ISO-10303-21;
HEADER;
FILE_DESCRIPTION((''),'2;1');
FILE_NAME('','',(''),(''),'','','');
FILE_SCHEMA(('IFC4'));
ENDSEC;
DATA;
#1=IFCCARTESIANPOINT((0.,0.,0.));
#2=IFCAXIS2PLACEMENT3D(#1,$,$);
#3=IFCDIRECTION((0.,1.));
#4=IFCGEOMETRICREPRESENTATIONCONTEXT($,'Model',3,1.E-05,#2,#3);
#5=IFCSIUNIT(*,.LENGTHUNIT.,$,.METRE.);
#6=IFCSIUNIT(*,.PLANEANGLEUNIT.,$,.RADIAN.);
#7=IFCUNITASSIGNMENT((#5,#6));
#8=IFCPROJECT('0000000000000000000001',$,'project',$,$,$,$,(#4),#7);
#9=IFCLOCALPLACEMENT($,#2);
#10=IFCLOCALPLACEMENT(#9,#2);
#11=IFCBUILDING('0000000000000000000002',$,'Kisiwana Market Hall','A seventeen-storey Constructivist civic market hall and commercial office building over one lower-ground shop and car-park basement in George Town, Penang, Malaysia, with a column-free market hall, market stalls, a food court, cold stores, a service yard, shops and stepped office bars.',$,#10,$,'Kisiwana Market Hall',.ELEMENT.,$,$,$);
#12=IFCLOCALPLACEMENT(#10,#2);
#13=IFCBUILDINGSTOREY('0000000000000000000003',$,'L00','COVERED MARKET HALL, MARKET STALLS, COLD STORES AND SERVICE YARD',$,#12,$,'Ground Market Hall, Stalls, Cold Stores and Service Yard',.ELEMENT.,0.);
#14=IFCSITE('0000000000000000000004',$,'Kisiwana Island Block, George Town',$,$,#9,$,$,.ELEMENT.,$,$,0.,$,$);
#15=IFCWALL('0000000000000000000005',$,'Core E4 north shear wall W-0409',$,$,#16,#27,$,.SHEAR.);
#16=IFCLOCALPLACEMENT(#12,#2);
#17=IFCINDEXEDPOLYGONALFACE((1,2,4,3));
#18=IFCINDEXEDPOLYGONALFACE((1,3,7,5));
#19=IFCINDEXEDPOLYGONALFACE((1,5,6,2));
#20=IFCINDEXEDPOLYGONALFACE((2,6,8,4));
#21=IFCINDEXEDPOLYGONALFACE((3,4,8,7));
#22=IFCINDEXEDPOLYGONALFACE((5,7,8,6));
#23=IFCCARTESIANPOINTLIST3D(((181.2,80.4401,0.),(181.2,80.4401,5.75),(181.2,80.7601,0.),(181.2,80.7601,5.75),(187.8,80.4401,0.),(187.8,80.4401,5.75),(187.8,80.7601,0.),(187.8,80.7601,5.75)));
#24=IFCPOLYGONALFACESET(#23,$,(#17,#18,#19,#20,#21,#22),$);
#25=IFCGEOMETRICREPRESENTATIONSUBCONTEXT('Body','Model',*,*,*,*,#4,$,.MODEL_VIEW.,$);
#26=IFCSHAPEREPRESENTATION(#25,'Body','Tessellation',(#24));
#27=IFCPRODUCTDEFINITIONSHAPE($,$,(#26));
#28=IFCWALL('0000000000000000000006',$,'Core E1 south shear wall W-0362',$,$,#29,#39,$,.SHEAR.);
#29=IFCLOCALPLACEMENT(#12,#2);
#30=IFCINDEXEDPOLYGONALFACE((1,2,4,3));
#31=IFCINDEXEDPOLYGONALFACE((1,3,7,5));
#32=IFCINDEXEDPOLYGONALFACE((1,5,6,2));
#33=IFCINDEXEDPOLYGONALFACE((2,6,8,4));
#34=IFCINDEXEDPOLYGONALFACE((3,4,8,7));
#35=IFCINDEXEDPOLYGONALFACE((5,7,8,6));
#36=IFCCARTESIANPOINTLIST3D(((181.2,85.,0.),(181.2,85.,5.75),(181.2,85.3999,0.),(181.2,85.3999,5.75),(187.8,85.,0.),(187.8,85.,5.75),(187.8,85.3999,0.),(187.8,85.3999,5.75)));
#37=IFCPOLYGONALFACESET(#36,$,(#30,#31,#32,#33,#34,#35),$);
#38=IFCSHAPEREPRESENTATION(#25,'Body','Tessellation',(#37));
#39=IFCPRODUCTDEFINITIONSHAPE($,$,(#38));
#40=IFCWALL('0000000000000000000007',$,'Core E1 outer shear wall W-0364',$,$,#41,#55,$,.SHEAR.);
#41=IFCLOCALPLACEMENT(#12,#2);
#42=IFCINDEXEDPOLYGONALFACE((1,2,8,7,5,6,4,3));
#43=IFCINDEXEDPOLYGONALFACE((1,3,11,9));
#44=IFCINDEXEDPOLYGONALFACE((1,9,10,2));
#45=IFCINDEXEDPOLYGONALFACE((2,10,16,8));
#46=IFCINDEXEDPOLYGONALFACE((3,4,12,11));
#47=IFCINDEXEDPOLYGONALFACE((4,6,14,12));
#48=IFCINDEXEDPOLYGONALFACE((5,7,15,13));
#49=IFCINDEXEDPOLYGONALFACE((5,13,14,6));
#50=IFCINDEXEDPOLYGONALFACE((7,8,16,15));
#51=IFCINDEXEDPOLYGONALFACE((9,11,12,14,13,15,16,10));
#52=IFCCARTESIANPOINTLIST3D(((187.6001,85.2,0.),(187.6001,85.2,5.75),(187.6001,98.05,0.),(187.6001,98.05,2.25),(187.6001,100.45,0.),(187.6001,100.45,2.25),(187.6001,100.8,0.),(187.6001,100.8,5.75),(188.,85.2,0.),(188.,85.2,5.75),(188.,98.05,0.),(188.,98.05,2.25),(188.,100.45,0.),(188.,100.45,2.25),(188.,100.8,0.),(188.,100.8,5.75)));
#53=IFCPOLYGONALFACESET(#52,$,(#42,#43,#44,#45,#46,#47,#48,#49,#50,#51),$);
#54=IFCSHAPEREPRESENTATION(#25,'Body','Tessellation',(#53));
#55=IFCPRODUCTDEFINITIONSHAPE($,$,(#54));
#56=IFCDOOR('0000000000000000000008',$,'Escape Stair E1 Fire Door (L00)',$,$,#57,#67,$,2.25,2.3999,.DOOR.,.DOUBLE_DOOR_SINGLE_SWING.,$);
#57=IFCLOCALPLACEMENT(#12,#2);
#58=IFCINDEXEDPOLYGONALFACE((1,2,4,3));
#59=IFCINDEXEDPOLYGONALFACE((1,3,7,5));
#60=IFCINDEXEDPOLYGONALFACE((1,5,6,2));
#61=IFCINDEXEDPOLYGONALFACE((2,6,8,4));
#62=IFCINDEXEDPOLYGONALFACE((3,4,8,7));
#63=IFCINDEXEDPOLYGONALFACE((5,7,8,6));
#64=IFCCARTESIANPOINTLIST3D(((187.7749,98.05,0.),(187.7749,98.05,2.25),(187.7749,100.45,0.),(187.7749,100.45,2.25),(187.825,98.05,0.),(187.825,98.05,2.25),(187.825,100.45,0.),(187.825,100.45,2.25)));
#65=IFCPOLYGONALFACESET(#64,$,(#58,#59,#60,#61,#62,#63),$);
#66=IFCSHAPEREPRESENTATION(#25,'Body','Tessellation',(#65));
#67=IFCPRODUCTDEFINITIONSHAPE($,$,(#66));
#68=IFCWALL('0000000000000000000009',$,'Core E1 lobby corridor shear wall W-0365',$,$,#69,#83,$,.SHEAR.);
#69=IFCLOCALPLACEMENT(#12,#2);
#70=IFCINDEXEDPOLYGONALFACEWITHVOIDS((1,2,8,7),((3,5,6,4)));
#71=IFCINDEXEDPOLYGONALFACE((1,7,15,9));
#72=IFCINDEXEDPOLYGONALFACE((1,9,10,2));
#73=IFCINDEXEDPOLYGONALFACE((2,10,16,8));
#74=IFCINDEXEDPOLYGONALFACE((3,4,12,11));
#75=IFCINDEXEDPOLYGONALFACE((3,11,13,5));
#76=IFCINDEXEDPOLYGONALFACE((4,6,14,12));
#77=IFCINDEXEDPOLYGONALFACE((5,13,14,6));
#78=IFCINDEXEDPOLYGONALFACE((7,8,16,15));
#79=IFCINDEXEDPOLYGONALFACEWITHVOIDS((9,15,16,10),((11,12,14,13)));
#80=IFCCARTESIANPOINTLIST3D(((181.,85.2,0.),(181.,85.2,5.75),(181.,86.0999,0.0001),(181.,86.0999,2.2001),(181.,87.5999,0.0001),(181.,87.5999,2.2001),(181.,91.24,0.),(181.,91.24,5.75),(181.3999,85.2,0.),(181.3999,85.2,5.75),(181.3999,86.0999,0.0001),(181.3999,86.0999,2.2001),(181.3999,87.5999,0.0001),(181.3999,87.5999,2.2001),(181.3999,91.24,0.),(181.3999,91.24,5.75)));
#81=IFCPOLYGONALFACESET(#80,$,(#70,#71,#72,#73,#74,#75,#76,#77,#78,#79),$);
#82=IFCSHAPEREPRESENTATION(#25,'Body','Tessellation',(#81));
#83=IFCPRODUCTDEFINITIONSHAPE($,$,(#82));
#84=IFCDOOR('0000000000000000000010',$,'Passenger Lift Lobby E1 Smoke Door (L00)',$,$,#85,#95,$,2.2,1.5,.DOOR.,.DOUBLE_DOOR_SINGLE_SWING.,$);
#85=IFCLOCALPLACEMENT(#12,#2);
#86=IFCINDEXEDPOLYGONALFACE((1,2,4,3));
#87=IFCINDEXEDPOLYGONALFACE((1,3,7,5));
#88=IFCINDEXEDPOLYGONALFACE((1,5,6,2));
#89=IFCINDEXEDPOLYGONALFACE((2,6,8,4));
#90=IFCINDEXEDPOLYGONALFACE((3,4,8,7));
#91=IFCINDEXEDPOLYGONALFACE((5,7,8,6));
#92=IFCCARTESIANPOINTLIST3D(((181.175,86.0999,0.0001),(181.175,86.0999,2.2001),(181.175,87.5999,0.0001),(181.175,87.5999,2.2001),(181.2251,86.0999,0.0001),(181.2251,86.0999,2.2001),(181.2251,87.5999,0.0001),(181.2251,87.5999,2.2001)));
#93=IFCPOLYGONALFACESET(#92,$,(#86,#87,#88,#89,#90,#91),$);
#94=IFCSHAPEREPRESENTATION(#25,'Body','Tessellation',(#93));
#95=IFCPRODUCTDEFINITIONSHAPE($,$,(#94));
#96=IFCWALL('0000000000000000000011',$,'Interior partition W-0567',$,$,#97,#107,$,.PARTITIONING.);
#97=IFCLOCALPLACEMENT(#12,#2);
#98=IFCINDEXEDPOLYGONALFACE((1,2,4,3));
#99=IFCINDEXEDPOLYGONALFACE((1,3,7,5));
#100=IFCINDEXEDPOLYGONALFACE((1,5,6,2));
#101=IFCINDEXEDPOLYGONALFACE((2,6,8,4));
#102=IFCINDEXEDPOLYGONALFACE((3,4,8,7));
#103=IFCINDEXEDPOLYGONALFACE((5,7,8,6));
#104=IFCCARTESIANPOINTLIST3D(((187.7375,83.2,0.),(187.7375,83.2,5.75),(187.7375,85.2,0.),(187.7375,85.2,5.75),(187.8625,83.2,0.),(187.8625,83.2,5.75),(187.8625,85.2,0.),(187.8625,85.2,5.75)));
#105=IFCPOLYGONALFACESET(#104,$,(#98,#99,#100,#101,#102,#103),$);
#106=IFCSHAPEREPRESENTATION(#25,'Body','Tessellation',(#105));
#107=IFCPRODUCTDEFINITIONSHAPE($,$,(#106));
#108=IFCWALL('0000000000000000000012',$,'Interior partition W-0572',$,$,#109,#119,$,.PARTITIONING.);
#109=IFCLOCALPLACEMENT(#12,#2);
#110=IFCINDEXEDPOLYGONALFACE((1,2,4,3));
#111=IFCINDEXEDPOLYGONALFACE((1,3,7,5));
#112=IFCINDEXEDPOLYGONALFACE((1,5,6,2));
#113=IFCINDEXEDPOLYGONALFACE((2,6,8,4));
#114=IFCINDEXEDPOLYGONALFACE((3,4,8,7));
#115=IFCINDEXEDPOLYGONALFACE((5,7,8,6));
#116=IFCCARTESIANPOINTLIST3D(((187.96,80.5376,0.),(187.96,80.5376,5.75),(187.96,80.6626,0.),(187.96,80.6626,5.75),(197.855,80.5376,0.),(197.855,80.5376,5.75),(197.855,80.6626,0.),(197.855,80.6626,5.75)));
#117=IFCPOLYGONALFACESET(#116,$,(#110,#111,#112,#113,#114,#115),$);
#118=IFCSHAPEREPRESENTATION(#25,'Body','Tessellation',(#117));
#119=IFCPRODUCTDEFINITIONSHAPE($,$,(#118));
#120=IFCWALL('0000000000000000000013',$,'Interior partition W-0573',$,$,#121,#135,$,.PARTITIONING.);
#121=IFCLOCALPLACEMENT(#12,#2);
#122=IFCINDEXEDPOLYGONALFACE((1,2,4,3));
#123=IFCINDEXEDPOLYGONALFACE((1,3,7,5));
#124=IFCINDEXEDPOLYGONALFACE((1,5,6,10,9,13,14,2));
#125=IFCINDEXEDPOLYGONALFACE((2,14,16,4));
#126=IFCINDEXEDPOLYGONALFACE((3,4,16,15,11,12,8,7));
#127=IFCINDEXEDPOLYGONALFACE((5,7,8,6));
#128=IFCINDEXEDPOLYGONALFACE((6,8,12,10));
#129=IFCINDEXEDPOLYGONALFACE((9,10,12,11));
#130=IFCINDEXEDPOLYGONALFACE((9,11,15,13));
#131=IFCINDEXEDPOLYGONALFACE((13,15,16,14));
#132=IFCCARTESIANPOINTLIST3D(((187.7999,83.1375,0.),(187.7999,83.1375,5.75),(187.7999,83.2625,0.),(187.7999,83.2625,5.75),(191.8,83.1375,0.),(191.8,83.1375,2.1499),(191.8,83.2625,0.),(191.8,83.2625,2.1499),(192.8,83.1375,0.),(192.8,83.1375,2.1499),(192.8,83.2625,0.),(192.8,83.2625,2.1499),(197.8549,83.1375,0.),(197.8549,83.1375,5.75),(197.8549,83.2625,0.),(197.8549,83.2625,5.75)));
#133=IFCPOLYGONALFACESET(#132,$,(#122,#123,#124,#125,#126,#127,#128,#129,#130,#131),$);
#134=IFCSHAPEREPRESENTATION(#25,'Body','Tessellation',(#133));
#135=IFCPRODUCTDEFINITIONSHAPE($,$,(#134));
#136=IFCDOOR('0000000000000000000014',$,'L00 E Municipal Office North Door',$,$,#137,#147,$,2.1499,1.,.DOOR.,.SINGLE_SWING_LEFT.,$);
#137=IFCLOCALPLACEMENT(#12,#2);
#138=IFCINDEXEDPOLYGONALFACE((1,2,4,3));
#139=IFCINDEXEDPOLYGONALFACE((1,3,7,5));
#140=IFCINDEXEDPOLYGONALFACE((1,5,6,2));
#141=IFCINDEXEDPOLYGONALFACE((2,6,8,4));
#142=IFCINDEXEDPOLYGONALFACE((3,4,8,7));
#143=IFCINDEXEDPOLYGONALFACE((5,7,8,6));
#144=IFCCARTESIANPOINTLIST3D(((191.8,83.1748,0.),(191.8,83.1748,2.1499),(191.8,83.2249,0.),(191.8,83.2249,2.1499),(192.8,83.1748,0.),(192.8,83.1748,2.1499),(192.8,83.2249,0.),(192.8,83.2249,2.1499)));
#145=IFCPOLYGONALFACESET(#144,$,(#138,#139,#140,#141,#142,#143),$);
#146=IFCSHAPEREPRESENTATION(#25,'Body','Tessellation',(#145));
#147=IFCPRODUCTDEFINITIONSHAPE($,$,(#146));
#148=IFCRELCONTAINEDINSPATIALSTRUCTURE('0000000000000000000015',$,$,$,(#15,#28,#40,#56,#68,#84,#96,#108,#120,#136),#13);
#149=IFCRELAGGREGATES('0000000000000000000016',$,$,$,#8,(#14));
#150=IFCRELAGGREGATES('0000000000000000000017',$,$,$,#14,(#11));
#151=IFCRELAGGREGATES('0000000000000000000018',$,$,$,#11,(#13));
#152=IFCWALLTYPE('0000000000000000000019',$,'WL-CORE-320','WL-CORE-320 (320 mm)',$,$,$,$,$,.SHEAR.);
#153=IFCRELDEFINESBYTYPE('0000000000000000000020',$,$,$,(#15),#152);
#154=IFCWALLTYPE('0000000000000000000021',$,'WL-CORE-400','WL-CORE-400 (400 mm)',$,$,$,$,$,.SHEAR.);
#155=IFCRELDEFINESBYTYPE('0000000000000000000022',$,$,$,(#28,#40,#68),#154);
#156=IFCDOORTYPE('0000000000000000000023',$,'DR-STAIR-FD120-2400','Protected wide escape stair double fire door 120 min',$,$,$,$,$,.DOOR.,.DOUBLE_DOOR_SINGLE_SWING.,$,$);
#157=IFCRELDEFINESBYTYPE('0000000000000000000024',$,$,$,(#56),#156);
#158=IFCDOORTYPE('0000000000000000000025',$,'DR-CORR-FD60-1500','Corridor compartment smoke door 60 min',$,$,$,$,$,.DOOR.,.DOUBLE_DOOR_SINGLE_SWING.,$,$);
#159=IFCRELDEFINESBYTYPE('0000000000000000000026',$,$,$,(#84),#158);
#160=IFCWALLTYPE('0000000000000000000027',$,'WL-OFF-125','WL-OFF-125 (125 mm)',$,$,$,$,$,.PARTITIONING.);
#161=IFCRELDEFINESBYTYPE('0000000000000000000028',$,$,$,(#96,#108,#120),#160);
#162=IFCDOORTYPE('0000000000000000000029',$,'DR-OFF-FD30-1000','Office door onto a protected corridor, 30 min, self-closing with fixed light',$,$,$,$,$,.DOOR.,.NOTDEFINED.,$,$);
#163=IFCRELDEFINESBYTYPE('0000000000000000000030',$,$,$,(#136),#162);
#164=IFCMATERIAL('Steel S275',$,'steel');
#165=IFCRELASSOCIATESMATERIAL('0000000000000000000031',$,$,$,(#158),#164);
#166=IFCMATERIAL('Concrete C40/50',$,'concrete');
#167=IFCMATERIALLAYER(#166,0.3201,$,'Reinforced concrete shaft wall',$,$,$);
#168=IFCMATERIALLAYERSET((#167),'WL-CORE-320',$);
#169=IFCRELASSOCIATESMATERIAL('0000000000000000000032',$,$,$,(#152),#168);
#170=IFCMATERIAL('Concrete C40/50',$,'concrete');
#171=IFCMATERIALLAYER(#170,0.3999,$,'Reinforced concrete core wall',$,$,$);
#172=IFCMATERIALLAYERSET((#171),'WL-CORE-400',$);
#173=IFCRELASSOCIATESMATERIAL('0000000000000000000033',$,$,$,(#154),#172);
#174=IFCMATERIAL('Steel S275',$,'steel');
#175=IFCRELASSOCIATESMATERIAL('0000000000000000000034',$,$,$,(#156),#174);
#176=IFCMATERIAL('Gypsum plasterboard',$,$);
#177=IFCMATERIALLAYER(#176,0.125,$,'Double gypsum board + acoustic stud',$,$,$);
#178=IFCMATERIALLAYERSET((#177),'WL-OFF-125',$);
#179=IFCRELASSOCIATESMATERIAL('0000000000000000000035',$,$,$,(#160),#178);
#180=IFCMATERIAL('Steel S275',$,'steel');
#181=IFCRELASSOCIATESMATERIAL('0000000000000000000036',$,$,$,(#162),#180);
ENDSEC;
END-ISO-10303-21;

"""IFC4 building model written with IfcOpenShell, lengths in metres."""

from ifc_helpers import new_model, si_unit, direction, frame, frame_2d, origin, place, context, subcontext, project, spatial, rectangle, extrude, material, layer, layer_set, type_object, element, fill, save


model = new_model("IFC4")

# Units and contexts
model_context = context("Model", 3, precision=1e-05, world=origin(), true_north=direction((0.0, 1.0)))
body_context = subcontext(model_context, "Body", "Model", "MODEL_VIEW")
ifc_project = project(units=[si_unit("LENGTHUNIT", "METRE"), si_unit("PLANEANGLEUNIT", "RADIAN")], contexts=[model_context])

# Site, building, storey
site_placement = place(None, origin())
site = spatial("IfcSite", under=ifc_project, at=site_placement, Name="Kisiwana Island Block, George Town", CompositionType="ELEMENT", RefElevation=0.0)
building_placement = place(site_placement, origin())
building = spatial("IfcBuilding", under=site, at=building_placement, Name="Kisiwana Market Hall", Description="A seventeen-storey Constructivist civic market hall and commercial office building over one lower-ground shop and car-park basement in George Town, Penang, Malaysia, with a column-free market hall, market stalls, a food court, cold stores, a service yard, shops and stepped office bars.", LongName="Kisiwana Market Hall", CompositionType="ELEMENT")
storey_placement = place(building_placement, origin())
storey = spatial("IfcBuildingStorey", under=building, at=storey_placement, Name="L00", Description="COVERED MARKET HALL, MARKET STALLS, COLD STORES AND SERVICE YARD", LongName="Ground Market Hall, Stalls, Cold Stores and Service Yard", CompositionType="ELEMENT", Elevation=0.0)

# Shared definitions
ifc_material_1 = material(Name="Steel S275", Category="steel")
door_type_1 = type_object("IfcDoorType", Name="DR-CORR-FD60-1500", Description="Corridor compartment smoke door 60 min", OperationType="DOUBLE_DOOR_SINGLE_SWING", PredefinedType="DOOR", material=ifc_material_1)

# Walls
ifc_material_2 = material(Name="Concrete C40/50", Category="concrete")
ifc_layer_1 = layer(ifc_material_2, 0.3201, Name="Reinforced concrete shaft wall")
ifc_layer_set_1 = layer_set([ifc_layer_1], Name="WL-CORE-320")
wall_type_1 = type_object("IfcWallType", Name="WL-CORE-320", Description="WL-CORE-320 (320 mm)", PredefinedType="SHEAR", material=ifc_layer_set_1)
wall_1_placement = place(storey_placement, frame((181.2, 80.6001, 0.0), z_axis=(0.0, 0.0, 1.0), x_axis=(1.0, 0.0, 0.0)))
element("IfcWall", 1, at=wall_1_placement, inside=storey, type_object=wall_type_1, Name="Core E4 north shear wall W-0409", PredefinedType="SHEAR", context=body_context, shape_type="SweptSolid", body=[
    extrude(rectangle(XDim=6.6001, YDim=0.3201, at=frame_2d((3.3, 0.0))), origin(), (0.0, 0.0, 1.0), 5.75),
])
ifc_material_3 = material(Name="Concrete C40/50", Category="concrete")
ifc_layer_2 = layer(ifc_material_3, 0.3999, Name="Reinforced concrete core wall")
ifc_layer_set_2 = layer_set([ifc_layer_2], Name="WL-CORE-400")
wall_type_2 = type_object("IfcWallType", Name="WL-CORE-400", Description="WL-CORE-400 (400 mm)", PredefinedType="SHEAR", material=ifc_layer_set_2)
wall_2_placement = place(storey_placement, frame((181.2, 85.2, 0.0), z_axis=(0.0, 0.0, 1.0), x_axis=(1.0, 0.0, 0.0)))
element("IfcWall", 2, at=wall_2_placement, inside=storey, type_object=wall_type_2, Name="Core E1 south shear wall W-0362", PredefinedType="SHEAR", context=body_context, shape_type="SweptSolid", body=[
    extrude(rectangle(XDim=6.6001, YDim=0.3999, at=frame_2d((3.3, 0.0))), origin(), (0.0, 0.0, 1.0), 5.75),
])

# Walls, openings, doors
wall_3_placement = place(storey_placement, frame((187.8, 85.2, 0.0), z_axis=(0.0, 0.0, 1.0), x_axis=(0.0, 1.0, 0.0)))
wall_3 = element("IfcWall", 3, at=wall_3_placement, inside=storey, type_object=wall_type_2, Name="Core E1 outer shear wall W-0364", PredefinedType="SHEAR", context=body_context, shape_type="SweptSolid", body=[
    extrude(rectangle(XDim=15.6001, YDim=0.3999, at=frame_2d((7.8, 0.0))), origin(), (0.0, 0.0, 1.0), 5.75),
])
opening_1_placement = place(wall_3_placement, frame((12.8501, 0.0, 0.0)))
opening_1 = element("IfcOpeningElement", 4, at=opening_1_placement, cuts=wall_3, PredefinedType="OPENING", context=body_context, shape_type="SweptSolid", body=[
    extrude(rectangle(XDim=2.3999, YDim=2.25, at=frame_2d((1.2, 1.125))), frame((0.0, 0.2119, 0.0), z_axis=(0.0, -1.0, 0.0), x_axis=(1.0, 0.0, 0.0)), (0.0, 0.0, 1.0), 0.4238),
])
ifc_material_4 = material(Name="Steel S275", Category="steel")
door_type_2 = type_object("IfcDoorType", Name="DR-STAIR-FD120-2400", Description="Protected wide escape stair double fire door 120 min", OperationType="DOUBLE_DOOR_SINGLE_SWING", PredefinedType="DOOR", material=ifc_material_4)
door_1_placement = place(opening_1_placement, frame((2.3999, 0.0, 0.0), z_axis=(0.0, 0.0, 1.0), x_axis=(-1.0, 0.0, 0.0)))
door_1 = element("IfcDoor", 5, at=door_1_placement, inside=storey, type_object=door_type_2, Name="Escape Stair E1 Fire Door (L00)", OperationType="DOUBLE_DOOR_SINGLE_SWING", OverallHeight=2.25, OverallWidth=2.3999, PredefinedType="DOOR", context=body_context, shape_type="SweptSolid", body=[
    extrude(rectangle(XDim=2.3999, YDim=2.25, at=frame_2d((1.2, 1.125))), frame((0.0, 0.0249, 0.0), z_axis=(0.0, -1.0, 0.0), x_axis=(1.0, 0.0, 0.0)), (0.0, 0.0, 1.0), 0.05),
])
fill(opening_1, door_1)
wall_4_placement = place(storey_placement, frame((181.2, 85.2, 0.0), z_axis=(0.0, 0.0, 1.0), x_axis=(0.0, 1.0, 0.0)))
wall_4 = element("IfcWall", 6, at=wall_4_placement, inside=storey, type_object=wall_type_2, Name="Core E1 lobby corridor shear wall W-0365", PredefinedType="SHEAR", context=body_context, shape_type="SweptSolid", body=[
    extrude(rectangle(XDim=6.04, YDim=0.3999, at=frame_2d((3.02, 0.0))), origin(), (0.0, 0.0, 1.0), 5.75),
])
opening_2_placement = place(wall_4_placement, frame((0.8999, 0.0, 0.0)))
opening_2 = element("IfcOpeningElement", 7, at=opening_2_placement, cuts=wall_4, PredefinedType="OPENING", context=body_context, shape_type="SweptSolid", body=[
    extrude(rectangle(XDim=1.5, YDim=2.2, at=frame_2d((0.75, 1.1001))), frame((0.0, 0.2119, 0.0), z_axis=(0.0, -1.0, 0.0), x_axis=(1.0, 0.0, 0.0)), (0.0, 0.0, 1.0), 0.4238),
])
door_2_placement = place(opening_2_placement, origin())
door_2 = element("IfcDoor", 8, at=door_2_placement, inside=storey, type_object=door_type_1, Name="Passenger Lift Lobby E1 Smoke Door (L00)", OperationType="DOUBLE_DOOR_SINGLE_SWING", OverallHeight=2.2, OverallWidth=1.5, PredefinedType="DOOR", context=body_context, shape_type="SweptSolid", body=[
    extrude(rectangle(XDim=1.5, YDim=2.2, at=frame_2d((0.75, 1.1001))), frame((0.0, 0.0249, 0.0), z_axis=(0.0, -1.0, 0.0), x_axis=(1.0, 0.0, 0.0)), (0.0, 0.0, 1.0), 0.05),
])
fill(opening_2, door_2)

# Walls
ifc_material_5 = material(Name="Gypsum plasterboard")
ifc_layer_3 = layer(ifc_material_5, 0.125, Name="Double gypsum board + acoustic stud")
ifc_layer_set_3 = layer_set([ifc_layer_3], Name="WL-OFF-125")
wall_type_3 = type_object("IfcWallType", Name="WL-OFF-125", Description="WL-OFF-125 (125 mm)", PredefinedType="PARTITIONING", material=ifc_layer_set_3)
wall_5_placement = place(storey_placement, frame((187.8, 83.2, 0.0), z_axis=(0.0, 0.0, 1.0), x_axis=(0.0, 1.0, 0.0)))
element("IfcWall", 9, at=wall_5_placement, inside=storey, type_object=wall_type_3, Name="Interior partition W-0567", PredefinedType="PARTITIONING", context=body_context, shape_type="SweptSolid", body=[
    extrude(rectangle(XDim=2.0, YDim=0.125, at=frame_2d((1.0, 0.0))), origin(), (0.0, 0.0, 1.0), 5.75),
])
wall_6_placement = place(storey_placement, frame((187.96, 80.6001, 0.0), z_axis=(0.0, 0.0, 1.0), x_axis=(1.0, 0.0, 0.0)))
element("IfcWall", 10, at=wall_6_placement, inside=storey, type_object=wall_type_3, Name="Interior partition W-0572", PredefinedType="PARTITIONING", context=body_context, shape_type="SweptSolid", body=[
    extrude(rectangle(XDim=9.895, YDim=0.125, at=frame_2d((4.9475, 0.0))), origin(), (0.0, 0.0, 1.0), 5.75),
])

# Wall, opening, door
wall_7_placement = place(storey_placement, frame((187.8, 83.2, 0.0), z_axis=(0.0, 0.0, 1.0), x_axis=(1.0, 0.0, 0.0)))
wall_7 = element("IfcWall", 11, at=wall_7_placement, inside=storey, type_object=wall_type_3, Name="Interior partition W-0573", PredefinedType="PARTITIONING", context=body_context, shape_type="SweptSolid", body=[
    extrude(rectangle(XDim=10.0549, YDim=0.125, at=frame_2d((5.0273, 0.0))), origin(), (0.0, 0.0, 1.0), 5.75),
])
opening_3_placement = place(wall_7_placement, frame((4.0, 0.0, 0.0)))
opening_3 = element("IfcOpeningElement", 12, at=opening_3_placement, cuts=wall_7, PredefinedType="OPENING", context=body_context, shape_type="SweptSolid", body=[
    extrude(rectangle(XDim=1.0, YDim=2.1499, at=frame_2d((0.5, 1.075))), frame((0.0, 0.0745, 0.0), z_axis=(0.0, -1.0, 0.0), x_axis=(1.0, 0.0, 0.0)), (0.0, 0.0, 1.0), 0.1489),
])
ifc_material_6 = material(Name="Steel S275", Category="steel")
door_type_3 = type_object("IfcDoorType", Name="DR-OFF-FD30-1000", Description="Office door onto a protected corridor, 30 min, self-closing with fixed light", OperationType="NOTDEFINED", PredefinedType="DOOR", material=ifc_material_6)
door_3_placement = place(opening_3_placement, origin())
door_3 = element("IfcDoor", 13, at=door_3_placement, inside=storey, type_object=door_type_3, Name="L00 E Municipal Office North Door", OperationType="SINGLE_SWING_LEFT", OverallHeight=2.1499, OverallWidth=1.0, PredefinedType="DOOR", context=body_context, shape_type="SweptSolid", body=[
    extrude(rectangle(XDim=1.0, YDim=2.1499, at=frame_2d((0.5, 1.075))), frame((0.0, 0.0249, 0.0), z_axis=(0.0, -1.0, 0.0), x_axis=(1.0, 0.0, 0.0)), (0.0, 0.0, 1.0), 0.05),
])
fill(opening_3, door_3)

save(model, "model.ifc")
